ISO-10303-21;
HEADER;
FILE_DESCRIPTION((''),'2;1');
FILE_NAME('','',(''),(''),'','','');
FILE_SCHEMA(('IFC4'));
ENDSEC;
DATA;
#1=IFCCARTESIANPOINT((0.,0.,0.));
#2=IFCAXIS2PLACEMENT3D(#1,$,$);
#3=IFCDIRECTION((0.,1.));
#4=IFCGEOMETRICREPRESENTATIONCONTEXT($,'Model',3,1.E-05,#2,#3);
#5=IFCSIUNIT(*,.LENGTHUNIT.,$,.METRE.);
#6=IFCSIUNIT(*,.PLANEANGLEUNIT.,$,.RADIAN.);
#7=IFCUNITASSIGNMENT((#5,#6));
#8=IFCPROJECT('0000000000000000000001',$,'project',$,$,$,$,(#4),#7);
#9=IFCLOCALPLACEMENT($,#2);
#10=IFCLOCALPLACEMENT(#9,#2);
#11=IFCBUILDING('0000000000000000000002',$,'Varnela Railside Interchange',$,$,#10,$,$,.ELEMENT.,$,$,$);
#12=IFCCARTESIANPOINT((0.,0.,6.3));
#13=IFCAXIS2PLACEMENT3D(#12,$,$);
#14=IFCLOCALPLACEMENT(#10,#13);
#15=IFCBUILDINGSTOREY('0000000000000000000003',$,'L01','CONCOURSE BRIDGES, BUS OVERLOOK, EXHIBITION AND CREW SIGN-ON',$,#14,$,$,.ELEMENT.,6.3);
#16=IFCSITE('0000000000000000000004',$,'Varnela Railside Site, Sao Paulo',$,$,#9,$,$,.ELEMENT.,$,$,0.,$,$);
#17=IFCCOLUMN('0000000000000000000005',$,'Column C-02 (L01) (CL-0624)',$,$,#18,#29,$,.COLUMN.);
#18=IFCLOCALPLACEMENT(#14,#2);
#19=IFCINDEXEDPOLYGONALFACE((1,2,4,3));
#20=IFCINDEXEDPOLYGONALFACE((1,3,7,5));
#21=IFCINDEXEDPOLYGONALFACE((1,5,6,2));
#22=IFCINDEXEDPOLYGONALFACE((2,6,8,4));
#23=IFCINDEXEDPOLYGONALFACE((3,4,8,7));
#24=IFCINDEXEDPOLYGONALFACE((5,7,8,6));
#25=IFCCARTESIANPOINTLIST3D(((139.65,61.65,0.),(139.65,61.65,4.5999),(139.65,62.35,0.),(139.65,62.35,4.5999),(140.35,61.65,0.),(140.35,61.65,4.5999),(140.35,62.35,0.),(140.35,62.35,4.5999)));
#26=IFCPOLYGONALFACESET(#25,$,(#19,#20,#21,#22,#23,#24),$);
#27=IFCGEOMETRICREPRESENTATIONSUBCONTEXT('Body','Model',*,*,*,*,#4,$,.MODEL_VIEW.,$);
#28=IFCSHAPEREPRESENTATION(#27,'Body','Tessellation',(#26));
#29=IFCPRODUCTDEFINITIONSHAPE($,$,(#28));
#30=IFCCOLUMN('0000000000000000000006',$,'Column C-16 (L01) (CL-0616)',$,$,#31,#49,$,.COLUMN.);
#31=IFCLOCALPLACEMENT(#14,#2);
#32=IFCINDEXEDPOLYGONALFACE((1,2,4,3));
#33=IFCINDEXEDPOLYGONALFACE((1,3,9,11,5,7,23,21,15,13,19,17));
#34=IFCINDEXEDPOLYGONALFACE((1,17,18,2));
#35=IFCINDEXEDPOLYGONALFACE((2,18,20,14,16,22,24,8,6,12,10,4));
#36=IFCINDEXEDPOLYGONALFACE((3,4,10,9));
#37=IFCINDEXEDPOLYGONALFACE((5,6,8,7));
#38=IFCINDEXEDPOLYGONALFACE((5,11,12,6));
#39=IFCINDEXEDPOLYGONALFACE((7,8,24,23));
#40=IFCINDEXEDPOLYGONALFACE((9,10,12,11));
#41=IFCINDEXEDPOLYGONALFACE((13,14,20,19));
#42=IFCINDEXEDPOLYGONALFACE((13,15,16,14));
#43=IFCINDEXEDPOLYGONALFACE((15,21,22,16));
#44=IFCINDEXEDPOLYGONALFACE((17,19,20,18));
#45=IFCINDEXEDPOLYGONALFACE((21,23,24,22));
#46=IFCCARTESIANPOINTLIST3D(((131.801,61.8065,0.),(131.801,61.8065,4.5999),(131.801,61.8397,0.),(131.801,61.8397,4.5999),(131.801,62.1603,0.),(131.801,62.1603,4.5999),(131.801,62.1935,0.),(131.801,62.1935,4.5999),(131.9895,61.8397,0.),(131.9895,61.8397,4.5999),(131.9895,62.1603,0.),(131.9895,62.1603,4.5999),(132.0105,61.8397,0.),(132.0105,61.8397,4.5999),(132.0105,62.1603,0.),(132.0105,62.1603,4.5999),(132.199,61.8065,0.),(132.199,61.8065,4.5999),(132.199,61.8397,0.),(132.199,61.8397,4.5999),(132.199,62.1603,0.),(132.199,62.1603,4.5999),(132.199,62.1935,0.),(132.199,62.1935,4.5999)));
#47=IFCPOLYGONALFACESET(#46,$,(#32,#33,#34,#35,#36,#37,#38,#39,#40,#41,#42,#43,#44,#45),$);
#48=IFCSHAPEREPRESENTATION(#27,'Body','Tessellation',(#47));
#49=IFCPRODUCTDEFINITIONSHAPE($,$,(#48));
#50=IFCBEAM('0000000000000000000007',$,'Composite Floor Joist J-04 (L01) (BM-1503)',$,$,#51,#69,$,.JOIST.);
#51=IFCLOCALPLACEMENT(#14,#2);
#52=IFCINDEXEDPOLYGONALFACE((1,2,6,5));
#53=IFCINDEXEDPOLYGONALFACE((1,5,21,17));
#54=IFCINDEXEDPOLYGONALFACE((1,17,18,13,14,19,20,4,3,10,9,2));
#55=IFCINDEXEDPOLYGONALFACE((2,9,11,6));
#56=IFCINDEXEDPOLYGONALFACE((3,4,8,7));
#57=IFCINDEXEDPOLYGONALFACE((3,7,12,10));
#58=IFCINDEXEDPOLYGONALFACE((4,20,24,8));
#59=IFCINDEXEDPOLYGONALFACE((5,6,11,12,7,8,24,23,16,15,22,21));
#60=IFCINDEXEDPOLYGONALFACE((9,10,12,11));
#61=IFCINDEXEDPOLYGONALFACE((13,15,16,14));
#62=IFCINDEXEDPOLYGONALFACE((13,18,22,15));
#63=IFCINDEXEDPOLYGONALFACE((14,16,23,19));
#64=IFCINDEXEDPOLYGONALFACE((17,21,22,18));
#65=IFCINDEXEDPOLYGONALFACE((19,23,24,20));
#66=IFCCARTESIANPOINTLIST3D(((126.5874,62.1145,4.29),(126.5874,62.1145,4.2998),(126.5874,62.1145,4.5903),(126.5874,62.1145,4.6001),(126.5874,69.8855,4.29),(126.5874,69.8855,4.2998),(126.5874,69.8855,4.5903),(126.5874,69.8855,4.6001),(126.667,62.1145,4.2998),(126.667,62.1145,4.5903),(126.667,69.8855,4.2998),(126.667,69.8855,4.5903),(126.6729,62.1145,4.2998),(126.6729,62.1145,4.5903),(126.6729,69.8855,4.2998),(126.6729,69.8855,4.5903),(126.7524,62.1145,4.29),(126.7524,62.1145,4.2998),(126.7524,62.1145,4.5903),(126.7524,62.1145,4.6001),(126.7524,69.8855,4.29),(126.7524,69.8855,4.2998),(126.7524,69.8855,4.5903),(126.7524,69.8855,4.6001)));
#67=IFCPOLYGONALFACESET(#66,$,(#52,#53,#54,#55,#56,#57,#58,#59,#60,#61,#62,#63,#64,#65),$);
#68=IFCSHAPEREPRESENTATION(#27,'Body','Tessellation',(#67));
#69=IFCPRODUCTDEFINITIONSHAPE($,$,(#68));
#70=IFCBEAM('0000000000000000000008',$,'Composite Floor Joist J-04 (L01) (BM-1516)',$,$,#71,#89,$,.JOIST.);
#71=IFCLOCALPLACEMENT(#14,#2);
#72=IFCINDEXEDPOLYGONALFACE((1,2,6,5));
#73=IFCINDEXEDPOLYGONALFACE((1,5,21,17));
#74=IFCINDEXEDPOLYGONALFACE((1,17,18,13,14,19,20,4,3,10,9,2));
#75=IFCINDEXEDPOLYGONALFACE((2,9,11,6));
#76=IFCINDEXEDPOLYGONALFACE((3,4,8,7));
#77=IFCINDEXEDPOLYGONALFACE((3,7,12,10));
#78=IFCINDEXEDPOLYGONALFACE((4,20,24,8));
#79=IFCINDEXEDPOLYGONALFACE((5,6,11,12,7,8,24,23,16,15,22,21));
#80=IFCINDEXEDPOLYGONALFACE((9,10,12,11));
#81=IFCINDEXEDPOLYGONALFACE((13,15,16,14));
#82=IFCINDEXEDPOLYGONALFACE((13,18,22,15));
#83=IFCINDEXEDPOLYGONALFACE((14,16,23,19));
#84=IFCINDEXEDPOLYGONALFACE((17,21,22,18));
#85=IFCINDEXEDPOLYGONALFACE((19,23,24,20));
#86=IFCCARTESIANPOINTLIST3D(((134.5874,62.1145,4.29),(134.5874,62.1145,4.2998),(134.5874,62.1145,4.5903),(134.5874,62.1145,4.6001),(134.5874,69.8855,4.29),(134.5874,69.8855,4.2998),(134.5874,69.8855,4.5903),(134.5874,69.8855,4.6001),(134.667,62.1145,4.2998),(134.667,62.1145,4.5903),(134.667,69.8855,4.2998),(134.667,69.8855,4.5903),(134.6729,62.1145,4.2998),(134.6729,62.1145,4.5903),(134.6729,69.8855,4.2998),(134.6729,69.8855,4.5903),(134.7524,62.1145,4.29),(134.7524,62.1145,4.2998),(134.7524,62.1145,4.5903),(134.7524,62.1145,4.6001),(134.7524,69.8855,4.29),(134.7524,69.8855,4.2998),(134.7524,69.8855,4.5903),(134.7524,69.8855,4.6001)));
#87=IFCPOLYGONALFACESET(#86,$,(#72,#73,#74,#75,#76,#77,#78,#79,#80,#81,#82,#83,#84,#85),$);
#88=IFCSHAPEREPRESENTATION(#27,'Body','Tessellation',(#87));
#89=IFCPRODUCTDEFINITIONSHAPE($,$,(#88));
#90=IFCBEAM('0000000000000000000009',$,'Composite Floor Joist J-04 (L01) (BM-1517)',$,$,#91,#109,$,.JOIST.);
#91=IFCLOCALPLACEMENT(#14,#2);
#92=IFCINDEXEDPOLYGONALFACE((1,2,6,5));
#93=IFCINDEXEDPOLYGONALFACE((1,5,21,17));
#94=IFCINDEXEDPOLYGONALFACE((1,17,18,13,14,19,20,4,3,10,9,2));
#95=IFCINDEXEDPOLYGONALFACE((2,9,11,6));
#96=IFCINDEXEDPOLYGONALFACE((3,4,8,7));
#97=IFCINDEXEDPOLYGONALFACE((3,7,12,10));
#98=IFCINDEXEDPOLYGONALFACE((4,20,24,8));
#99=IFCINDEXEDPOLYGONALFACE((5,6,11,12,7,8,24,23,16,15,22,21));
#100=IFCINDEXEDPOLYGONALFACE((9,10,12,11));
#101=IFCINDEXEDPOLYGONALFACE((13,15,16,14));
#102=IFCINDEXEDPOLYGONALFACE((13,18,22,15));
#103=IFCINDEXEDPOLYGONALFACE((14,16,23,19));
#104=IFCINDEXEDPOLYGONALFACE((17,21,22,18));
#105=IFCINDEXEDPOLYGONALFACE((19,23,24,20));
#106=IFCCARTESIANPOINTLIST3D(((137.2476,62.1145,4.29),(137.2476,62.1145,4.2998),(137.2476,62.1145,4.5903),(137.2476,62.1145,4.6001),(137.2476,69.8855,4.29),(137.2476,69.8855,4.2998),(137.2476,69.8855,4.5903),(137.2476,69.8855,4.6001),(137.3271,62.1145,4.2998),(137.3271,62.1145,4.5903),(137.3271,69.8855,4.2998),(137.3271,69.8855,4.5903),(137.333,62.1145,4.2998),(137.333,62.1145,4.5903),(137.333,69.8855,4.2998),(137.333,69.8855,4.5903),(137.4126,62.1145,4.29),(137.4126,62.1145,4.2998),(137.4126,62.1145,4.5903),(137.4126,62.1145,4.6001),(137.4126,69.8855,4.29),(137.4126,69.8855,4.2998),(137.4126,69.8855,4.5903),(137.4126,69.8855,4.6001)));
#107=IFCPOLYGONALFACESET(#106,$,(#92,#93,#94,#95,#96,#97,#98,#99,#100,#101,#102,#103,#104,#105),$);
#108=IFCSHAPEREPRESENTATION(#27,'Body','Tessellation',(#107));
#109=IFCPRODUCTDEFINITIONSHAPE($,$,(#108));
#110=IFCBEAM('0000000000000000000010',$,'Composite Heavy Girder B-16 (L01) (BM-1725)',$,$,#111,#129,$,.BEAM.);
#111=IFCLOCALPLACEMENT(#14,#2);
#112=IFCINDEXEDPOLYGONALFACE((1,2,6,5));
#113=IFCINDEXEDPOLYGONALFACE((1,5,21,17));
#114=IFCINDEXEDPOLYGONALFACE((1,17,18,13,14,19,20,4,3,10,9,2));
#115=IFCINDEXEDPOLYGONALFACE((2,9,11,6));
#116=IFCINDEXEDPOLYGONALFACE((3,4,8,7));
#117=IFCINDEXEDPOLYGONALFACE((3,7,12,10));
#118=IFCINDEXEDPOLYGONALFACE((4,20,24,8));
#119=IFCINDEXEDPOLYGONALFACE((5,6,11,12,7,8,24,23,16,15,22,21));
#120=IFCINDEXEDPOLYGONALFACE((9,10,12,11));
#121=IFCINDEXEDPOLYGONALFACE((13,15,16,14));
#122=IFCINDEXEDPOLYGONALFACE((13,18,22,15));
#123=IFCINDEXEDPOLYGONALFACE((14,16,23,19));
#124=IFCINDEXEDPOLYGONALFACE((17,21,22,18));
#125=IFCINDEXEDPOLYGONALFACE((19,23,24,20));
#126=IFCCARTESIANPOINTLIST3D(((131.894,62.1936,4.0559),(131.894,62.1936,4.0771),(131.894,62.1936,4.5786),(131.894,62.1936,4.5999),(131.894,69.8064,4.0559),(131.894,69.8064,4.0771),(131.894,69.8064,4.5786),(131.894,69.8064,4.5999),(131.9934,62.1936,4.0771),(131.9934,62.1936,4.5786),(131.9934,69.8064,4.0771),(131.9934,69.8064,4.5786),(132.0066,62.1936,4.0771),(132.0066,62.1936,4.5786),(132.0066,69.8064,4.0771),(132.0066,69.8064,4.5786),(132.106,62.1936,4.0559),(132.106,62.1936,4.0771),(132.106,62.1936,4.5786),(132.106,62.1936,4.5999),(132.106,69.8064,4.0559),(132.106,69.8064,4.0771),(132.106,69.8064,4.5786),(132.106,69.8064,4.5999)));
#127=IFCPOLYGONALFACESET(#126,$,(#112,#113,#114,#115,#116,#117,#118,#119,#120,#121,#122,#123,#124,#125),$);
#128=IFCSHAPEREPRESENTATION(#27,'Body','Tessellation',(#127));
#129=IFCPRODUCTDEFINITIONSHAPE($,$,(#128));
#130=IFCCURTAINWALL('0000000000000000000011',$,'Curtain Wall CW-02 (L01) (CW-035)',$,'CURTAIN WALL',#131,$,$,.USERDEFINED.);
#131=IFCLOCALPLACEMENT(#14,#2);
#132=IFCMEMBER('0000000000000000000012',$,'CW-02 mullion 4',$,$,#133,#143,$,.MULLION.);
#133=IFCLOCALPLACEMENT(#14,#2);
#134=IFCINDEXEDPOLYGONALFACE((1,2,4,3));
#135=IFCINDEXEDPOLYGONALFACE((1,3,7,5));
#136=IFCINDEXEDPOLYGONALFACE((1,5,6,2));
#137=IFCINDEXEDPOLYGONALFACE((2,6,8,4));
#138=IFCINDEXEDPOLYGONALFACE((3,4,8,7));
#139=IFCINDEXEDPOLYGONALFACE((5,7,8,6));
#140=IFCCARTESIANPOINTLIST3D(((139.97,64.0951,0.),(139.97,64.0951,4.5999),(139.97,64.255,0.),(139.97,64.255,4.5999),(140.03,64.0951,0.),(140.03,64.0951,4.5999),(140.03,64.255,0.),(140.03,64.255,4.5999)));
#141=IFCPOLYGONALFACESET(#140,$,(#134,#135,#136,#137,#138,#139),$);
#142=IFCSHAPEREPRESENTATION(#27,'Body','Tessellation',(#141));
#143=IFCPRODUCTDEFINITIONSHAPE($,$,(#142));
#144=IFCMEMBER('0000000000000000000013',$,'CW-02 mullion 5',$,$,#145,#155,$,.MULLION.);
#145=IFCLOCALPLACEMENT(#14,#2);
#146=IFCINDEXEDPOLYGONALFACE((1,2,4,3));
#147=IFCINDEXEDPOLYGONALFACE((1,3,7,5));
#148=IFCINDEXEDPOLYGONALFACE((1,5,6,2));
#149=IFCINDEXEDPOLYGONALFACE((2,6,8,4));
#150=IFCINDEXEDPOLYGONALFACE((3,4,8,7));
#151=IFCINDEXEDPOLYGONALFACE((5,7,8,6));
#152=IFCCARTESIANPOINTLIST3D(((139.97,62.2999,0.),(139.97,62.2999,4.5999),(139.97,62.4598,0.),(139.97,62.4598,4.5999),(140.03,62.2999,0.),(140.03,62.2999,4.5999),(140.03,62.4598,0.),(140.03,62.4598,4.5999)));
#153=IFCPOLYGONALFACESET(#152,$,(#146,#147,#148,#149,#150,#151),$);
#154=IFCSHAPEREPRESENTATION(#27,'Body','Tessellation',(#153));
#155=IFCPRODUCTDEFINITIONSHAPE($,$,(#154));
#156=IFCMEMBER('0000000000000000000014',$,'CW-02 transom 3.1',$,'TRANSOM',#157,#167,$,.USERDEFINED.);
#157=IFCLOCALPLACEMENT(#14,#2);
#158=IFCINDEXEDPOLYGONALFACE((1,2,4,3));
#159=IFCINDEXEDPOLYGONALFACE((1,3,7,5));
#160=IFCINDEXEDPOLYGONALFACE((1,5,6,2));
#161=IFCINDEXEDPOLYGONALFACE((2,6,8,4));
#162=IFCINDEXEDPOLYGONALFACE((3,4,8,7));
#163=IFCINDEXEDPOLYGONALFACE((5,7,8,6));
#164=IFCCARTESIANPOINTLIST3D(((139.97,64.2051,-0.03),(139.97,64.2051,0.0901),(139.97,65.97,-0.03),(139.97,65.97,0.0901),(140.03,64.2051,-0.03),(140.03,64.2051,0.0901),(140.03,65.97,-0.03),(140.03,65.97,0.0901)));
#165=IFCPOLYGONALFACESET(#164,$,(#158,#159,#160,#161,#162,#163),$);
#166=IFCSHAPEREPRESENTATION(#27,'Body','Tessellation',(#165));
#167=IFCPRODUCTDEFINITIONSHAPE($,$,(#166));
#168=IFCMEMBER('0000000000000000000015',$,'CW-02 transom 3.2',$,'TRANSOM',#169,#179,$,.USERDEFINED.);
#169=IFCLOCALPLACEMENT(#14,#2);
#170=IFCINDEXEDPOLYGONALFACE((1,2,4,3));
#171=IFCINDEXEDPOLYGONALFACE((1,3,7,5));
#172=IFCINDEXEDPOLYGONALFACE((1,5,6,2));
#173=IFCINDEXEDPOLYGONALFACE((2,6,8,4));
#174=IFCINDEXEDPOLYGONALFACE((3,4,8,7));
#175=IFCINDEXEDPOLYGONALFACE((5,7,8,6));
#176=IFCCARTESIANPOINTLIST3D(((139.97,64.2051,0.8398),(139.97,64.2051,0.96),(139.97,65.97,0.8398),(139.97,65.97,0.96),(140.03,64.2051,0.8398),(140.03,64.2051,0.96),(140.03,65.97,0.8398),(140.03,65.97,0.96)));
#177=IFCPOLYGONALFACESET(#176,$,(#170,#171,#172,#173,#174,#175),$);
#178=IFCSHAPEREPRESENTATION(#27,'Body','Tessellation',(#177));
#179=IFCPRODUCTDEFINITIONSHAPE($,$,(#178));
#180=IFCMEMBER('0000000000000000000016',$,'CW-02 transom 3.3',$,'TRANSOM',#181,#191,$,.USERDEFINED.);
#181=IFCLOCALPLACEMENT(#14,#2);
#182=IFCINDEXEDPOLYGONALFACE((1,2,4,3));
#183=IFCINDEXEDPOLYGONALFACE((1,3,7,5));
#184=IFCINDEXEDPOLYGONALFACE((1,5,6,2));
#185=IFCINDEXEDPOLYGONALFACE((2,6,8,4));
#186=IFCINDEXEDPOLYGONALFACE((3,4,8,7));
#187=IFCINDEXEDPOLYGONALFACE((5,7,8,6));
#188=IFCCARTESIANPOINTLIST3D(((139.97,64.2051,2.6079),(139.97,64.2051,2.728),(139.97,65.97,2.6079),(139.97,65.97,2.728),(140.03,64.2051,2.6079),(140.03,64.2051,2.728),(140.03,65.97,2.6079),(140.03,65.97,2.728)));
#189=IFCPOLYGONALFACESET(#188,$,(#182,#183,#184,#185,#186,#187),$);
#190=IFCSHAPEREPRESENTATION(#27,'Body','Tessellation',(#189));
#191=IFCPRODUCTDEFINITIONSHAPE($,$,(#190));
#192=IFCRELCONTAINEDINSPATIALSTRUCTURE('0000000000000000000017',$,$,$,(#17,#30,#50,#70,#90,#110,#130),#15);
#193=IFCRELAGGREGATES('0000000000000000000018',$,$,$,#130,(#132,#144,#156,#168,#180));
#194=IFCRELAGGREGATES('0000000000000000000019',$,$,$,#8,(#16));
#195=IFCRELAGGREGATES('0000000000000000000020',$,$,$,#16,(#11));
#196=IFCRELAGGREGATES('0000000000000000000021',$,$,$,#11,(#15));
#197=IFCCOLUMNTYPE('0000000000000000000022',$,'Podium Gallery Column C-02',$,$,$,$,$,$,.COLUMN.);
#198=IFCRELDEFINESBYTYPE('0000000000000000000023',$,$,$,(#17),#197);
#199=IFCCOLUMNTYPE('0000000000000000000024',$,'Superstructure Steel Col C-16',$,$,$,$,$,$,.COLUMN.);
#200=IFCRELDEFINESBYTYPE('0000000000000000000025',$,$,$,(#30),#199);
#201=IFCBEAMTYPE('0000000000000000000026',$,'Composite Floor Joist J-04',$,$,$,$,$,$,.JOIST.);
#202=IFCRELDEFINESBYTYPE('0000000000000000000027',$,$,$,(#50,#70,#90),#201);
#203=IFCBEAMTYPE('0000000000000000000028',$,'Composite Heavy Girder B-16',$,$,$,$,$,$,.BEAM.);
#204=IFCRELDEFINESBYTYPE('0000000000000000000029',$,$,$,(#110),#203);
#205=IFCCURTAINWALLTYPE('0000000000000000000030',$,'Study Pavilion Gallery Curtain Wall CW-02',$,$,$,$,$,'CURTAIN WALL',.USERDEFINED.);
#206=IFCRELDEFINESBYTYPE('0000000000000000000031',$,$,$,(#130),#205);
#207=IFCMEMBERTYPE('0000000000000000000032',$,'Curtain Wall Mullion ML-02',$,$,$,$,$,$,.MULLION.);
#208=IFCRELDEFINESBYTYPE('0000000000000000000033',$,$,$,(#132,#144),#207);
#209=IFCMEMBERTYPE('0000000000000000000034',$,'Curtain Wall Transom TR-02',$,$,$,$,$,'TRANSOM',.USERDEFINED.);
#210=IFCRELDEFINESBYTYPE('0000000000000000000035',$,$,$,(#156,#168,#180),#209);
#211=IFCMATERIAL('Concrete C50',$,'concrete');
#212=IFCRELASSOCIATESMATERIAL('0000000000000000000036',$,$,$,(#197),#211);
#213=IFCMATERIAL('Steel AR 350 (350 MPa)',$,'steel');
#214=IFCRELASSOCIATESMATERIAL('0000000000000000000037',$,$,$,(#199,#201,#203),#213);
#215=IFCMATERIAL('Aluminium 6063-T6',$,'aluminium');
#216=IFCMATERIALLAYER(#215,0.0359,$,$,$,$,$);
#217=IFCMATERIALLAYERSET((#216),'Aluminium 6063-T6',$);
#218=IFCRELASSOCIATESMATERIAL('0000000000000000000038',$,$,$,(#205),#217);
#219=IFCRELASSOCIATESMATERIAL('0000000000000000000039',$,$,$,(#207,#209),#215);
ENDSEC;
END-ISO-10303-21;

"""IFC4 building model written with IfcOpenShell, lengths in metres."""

from ifc_helpers import new_model, si_unit, direction, frame, origin, origin_2d, place, context, subcontext, project, spatial, rectangle, i_section, extrude, material, layer, layer_set, material_profile, profile_set, type_object, element, aggregate, save


model = new_model("IFC4")

# Units and contexts
model_context = context("Model", 3, precision=1e-05, world=origin(), true_north=direction((0.0, 1.0)))
body_context = subcontext(model_context, "Body", "Model", "MODEL_VIEW")
ifc_project = project(units=[si_unit("LENGTHUNIT", "METRE"), si_unit("PLANEANGLEUNIT", "RADIAN")], contexts=[model_context])

# Site, building, storey
site_placement = place(None, origin())
site = spatial("IfcSite", under=ifc_project, at=site_placement, Name="Varnela Railside Site, Sao Paulo", CompositionType="ELEMENT", RefElevation=0.0)
building_placement = place(site_placement, origin())
building = spatial("IfcBuilding", under=site, at=building_placement, Name="Varnela Railside Interchange", CompositionType="ELEMENT")
storey_placement = place(building_placement, frame((0.0, 0.0, 6.3)))
storey = spatial("IfcBuildingStorey", under=building, at=storey_placement, Name="L01", Description="CONCOURSE BRIDGES, BUS OVERLOOK, EXHIBITION AND CREW SIGN-ON", CompositionType="ELEMENT", Elevation=6.3)

# Columns
ifc_material_1 = material(Name="Concrete C50", Category="concrete")
ifc_material_profile_1 = material_profile(ifc_material_1, rectangle(XDim=0.7, YDim=0.7, at=origin_2d()), Name="RC 700x700")
ifc_profile_set_1 = profile_set([ifc_material_profile_1], Name="Concrete C50")
column_type_1 = type_object("IfcColumnType", Name="Podium Gallery Column C-02", PredefinedType="COLUMN", material=ifc_profile_set_1)
column_1_placement = place(storey_placement, frame((140.0, 62.0, 0.0), z_axis=(0.0, 0.0, 1.0), x_axis=(1.0, 0.0, 0.0)))
element("IfcColumn", 1, at=column_1_placement, inside=storey, type_object=column_type_1, Name="Column C-02 (L01) (CL-0624)", PredefinedType="COLUMN", context=body_context, shape_type="SweptSolid", body=[
    extrude(rectangle(XDim=0.7, YDim=0.7, at=origin_2d()), origin(), (0.0, 0.0, 1.0), 4.5999),
])
ifc_material_2 = material(Name="Steel AR 350 (350 MPa)", Category="steel")
ifc_material_profile_2 = material_profile(ifc_material_2, i_section(OverallWidth=0.3979, OverallDepth=0.387, WebThickness=0.021, FlangeThickness=0.0332, at=origin_2d()), Name="W360x262")
ifc_profile_set_2 = profile_set([ifc_material_profile_2], Name="Steel AR 350 (350 MPa)")
column_type_2 = type_object("IfcColumnType", Name="Superstructure Steel Col C-16", PredefinedType="COLUMN", material=ifc_profile_set_2)
column_2_placement = place(storey_placement, frame((132.0, 62.0, 0.0), z_axis=(0.0, 0.0, 1.0), x_axis=(1.0, 0.0, 0.0)))
element("IfcColumn", 2, at=column_2_placement, inside=storey, type_object=column_type_2, Name="Column C-16 (L01) (CL-0616)", PredefinedType="COLUMN", context=body_context, shape_type="SweptSolid", body=[
    extrude(i_section(OverallWidth=0.3979, OverallDepth=0.387, WebThickness=0.021, FlangeThickness=0.0332, at=origin_2d()), origin(), (0.0, 0.0, 1.0), 4.5999),
])

# Beams
ifc_material_profile_3 = material_profile(ifc_material_2, i_section(OverallWidth=0.165, OverallDepth=0.3101, WebThickness=0.0059, FlangeThickness=0.0098, at=origin_2d()), Name="W310x38.7")
ifc_profile_set_3 = profile_set([ifc_material_profile_3], Name="Steel AR 350 (350 MPa)")
beam_type_1 = type_object("IfcBeamType", Name="Composite Floor Joist J-04", PredefinedType="JOIST", material=ifc_profile_set_3)
for number, where, z_axis, x_axis, name in (
    (3, (126.6699, 62.1145, 4.4451), (0.0, 1.0, 0.0), (-1.0, 0.0, 0.0), "Composite Floor Joist J-04 (L01) (BM-1503)"),
    (4, (134.6699, 62.1145, 4.4451), (0.0, 1.0, 0.0), (-1.0, 0.0, 0.0), "Composite Floor Joist J-04 (L01) (BM-1516)"),
    (5, (137.3301, 62.1145, 4.4451), (0.0, 1.0, 0.0), (-1.0, 0.0, 0.0), "Composite Floor Joist J-04 (L01) (BM-1517)"),
):
    element("IfcBeam", number, at=place(storey_placement, frame(where, z_axis=z_axis, x_axis=x_axis)), inside=storey, type_object=beam_type_1, Name=name, PredefinedType="JOIST", context=body_context, shape_type="SweptSolid", body=[
        extrude(i_section(OverallWidth=0.165, OverallDepth=0.3101, WebThickness=0.0059, FlangeThickness=0.0098, at=origin_2d()), origin(), (0.0, 0.0, 1.0), 7.771),
    ])
ifc_material_profile_4 = material_profile(ifc_material_2, i_section(OverallWidth=0.2119, OverallDepth=0.5439, WebThickness=0.0132, FlangeThickness=0.0212, at=origin_2d()), Name="W530x123")
ifc_profile_set_4 = profile_set([ifc_material_profile_4], Name="Steel AR 350 (350 MPa)")
beam_type_2 = type_object("IfcBeamType", Name="Composite Heavy Girder B-16", PredefinedType="BEAM", material=ifc_profile_set_4)
beam_1_placement = place(storey_placement, frame((132.0, 62.1936, 4.3279), z_axis=(0.0, 1.0, 0.0), x_axis=(-1.0, 0.0, 0.0)))
element("IfcBeam", 6, at=beam_1_placement, inside=storey, type_object=beam_type_2, Name="Composite Heavy Girder B-16 (L01) (BM-1725)", PredefinedType="BEAM", context=body_context, shape_type="SweptSolid", body=[
    extrude(i_section(OverallWidth=0.2119, OverallDepth=0.5439, WebThickness=0.0132, FlangeThickness=0.0212, at=origin_2d()), origin(), (0.0, 0.0, 1.0), 7.6128),
])

# Curtain wall, members
ifc_material_3 = material(Name="Aluminium 6063-T6", Category="aluminium")
ifc_layer_1 = layer(ifc_material_3, 0.0359)
ifc_layer_set_1 = layer_set([ifc_layer_1], Name="Aluminium 6063-T6")
curtain_wall_type = type_object("IfcCurtainWallType", Name="Study Pavilion Gallery Curtain Wall CW-02", ElementType="CURTAIN WALL", PredefinedType="USERDEFINED", material=ifc_layer_set_1)
curtain_wall_placement = place(storey_placement, origin())
curtain_wall = element("IfcCurtainWall", 7, at=curtain_wall_placement, inside=storey, type_object=curtain_wall_type, Name="Curtain Wall CW-02 (L01) (CW-035)", ObjectType="CURTAIN WALL", PredefinedType="USERDEFINED")
ifc_material_profile_5 = material_profile(ifc_material_3, rectangle(XDim=0.0601, YDim=0.1599, at=origin_2d()), Name="ALU 60x160")
ifc_profile_set_5 = profile_set([ifc_material_profile_5], Name="Aluminium 6063-T6")
member_type_1 = type_object("IfcMemberType", Name="Curtain Wall Mullion ML-02", PredefinedType="MULLION", material=ifc_profile_set_5)
member_1_placement = place(storey_placement, frame((140.0, 64.175, 0.0), z_axis=(0.0, 0.0, 1.0), x_axis=(1.0, 0.0, 0.0)))
member_1 = element("IfcMember", 8, at=member_1_placement, type_object=member_type_1, Name="CW-02 mullion 4", PredefinedType="MULLION", context=body_context, shape_type="SweptSolid", body=[
    extrude(rectangle(XDim=0.0601, YDim=0.1599, at=origin_2d()), origin(), (0.0, 0.0, 1.0), 4.5999),
])
member_2_placement = place(storey_placement, frame((140.0, 62.3799, 0.0), z_axis=(0.0, 0.0, 1.0), x_axis=(1.0, 0.0, 0.0)))
member_2 = element("IfcMember", 9, at=member_2_placement, type_object=member_type_1, Name="CW-02 mullion 5", PredefinedType="MULLION", context=body_context, shape_type="SweptSolid", body=[
    extrude(rectangle(XDim=0.0601, YDim=0.1599, at=origin_2d()), origin(), (0.0, 0.0, 1.0), 4.5999),
])
ifc_material_profile_6 = material_profile(ifc_material_3, rectangle(XDim=0.0601, YDim=0.1201, at=origin_2d()), Name="ALU 60x120")
ifc_profile_set_6 = profile_set([ifc_material_profile_6], Name="Aluminium 6063-T6")
member_type_2 = type_object("IfcMemberType", Name="Curtain Wall Transom TR-02", ElementType="TRANSOM", PredefinedType="USERDEFINED", material=ifc_profile_set_6)
member_3_placement = place(storey_placement, frame((140.0, 65.97, 0.03), z_axis=(0.0, -1.0, 0.0), x_axis=(1.0, 0.0, 0.0)))
member_3 = element("IfcMember", 10, at=member_3_placement, type_object=member_type_2, Name="CW-02 transom 3.1", ObjectType="TRANSOM", PredefinedType="USERDEFINED", context=body_context, shape_type="SweptSolid", body=[
    extrude(rectangle(XDim=0.0601, YDim=0.1201, at=origin_2d()), origin(), (0.0, 0.0, 1.0), 1.7649),
])
member_4_placement = place(storey_placement, frame((140.0, 65.97, 0.8999), z_axis=(0.0, -1.0, 0.0), x_axis=(1.0, 0.0, 0.0)))
member_4 = element("IfcMember", 11, at=member_4_placement, type_object=member_type_2, Name="CW-02 transom 3.2", ObjectType="TRANSOM", PredefinedType="USERDEFINED", context=body_context, shape_type="SweptSolid", body=[
    extrude(rectangle(XDim=0.0601, YDim=0.1201, at=origin_2d()), origin(), (0.0, 0.0, 1.0), 1.7649),
])
member_5_placement = place(storey_placement, frame((140.0, 65.97, 2.668), z_axis=(0.0, -1.0, 0.0), x_axis=(1.0, 0.0, 0.0)))
member_5 = element("IfcMember", 12, at=member_5_placement, type_object=member_type_2, Name="CW-02 transom 3.3", ObjectType="TRANSOM", PredefinedType="USERDEFINED", context=body_context, shape_type="SweptSolid", body=[
    extrude(rectangle(XDim=0.0601, YDim=0.1201, at=origin_2d()), origin(), (0.0, 0.0, 1.0), 1.7649),
])

aggregate(curtain_wall, [member_1, member_2, member_3, member_4, member_5])

save(model, "model.ifc")
